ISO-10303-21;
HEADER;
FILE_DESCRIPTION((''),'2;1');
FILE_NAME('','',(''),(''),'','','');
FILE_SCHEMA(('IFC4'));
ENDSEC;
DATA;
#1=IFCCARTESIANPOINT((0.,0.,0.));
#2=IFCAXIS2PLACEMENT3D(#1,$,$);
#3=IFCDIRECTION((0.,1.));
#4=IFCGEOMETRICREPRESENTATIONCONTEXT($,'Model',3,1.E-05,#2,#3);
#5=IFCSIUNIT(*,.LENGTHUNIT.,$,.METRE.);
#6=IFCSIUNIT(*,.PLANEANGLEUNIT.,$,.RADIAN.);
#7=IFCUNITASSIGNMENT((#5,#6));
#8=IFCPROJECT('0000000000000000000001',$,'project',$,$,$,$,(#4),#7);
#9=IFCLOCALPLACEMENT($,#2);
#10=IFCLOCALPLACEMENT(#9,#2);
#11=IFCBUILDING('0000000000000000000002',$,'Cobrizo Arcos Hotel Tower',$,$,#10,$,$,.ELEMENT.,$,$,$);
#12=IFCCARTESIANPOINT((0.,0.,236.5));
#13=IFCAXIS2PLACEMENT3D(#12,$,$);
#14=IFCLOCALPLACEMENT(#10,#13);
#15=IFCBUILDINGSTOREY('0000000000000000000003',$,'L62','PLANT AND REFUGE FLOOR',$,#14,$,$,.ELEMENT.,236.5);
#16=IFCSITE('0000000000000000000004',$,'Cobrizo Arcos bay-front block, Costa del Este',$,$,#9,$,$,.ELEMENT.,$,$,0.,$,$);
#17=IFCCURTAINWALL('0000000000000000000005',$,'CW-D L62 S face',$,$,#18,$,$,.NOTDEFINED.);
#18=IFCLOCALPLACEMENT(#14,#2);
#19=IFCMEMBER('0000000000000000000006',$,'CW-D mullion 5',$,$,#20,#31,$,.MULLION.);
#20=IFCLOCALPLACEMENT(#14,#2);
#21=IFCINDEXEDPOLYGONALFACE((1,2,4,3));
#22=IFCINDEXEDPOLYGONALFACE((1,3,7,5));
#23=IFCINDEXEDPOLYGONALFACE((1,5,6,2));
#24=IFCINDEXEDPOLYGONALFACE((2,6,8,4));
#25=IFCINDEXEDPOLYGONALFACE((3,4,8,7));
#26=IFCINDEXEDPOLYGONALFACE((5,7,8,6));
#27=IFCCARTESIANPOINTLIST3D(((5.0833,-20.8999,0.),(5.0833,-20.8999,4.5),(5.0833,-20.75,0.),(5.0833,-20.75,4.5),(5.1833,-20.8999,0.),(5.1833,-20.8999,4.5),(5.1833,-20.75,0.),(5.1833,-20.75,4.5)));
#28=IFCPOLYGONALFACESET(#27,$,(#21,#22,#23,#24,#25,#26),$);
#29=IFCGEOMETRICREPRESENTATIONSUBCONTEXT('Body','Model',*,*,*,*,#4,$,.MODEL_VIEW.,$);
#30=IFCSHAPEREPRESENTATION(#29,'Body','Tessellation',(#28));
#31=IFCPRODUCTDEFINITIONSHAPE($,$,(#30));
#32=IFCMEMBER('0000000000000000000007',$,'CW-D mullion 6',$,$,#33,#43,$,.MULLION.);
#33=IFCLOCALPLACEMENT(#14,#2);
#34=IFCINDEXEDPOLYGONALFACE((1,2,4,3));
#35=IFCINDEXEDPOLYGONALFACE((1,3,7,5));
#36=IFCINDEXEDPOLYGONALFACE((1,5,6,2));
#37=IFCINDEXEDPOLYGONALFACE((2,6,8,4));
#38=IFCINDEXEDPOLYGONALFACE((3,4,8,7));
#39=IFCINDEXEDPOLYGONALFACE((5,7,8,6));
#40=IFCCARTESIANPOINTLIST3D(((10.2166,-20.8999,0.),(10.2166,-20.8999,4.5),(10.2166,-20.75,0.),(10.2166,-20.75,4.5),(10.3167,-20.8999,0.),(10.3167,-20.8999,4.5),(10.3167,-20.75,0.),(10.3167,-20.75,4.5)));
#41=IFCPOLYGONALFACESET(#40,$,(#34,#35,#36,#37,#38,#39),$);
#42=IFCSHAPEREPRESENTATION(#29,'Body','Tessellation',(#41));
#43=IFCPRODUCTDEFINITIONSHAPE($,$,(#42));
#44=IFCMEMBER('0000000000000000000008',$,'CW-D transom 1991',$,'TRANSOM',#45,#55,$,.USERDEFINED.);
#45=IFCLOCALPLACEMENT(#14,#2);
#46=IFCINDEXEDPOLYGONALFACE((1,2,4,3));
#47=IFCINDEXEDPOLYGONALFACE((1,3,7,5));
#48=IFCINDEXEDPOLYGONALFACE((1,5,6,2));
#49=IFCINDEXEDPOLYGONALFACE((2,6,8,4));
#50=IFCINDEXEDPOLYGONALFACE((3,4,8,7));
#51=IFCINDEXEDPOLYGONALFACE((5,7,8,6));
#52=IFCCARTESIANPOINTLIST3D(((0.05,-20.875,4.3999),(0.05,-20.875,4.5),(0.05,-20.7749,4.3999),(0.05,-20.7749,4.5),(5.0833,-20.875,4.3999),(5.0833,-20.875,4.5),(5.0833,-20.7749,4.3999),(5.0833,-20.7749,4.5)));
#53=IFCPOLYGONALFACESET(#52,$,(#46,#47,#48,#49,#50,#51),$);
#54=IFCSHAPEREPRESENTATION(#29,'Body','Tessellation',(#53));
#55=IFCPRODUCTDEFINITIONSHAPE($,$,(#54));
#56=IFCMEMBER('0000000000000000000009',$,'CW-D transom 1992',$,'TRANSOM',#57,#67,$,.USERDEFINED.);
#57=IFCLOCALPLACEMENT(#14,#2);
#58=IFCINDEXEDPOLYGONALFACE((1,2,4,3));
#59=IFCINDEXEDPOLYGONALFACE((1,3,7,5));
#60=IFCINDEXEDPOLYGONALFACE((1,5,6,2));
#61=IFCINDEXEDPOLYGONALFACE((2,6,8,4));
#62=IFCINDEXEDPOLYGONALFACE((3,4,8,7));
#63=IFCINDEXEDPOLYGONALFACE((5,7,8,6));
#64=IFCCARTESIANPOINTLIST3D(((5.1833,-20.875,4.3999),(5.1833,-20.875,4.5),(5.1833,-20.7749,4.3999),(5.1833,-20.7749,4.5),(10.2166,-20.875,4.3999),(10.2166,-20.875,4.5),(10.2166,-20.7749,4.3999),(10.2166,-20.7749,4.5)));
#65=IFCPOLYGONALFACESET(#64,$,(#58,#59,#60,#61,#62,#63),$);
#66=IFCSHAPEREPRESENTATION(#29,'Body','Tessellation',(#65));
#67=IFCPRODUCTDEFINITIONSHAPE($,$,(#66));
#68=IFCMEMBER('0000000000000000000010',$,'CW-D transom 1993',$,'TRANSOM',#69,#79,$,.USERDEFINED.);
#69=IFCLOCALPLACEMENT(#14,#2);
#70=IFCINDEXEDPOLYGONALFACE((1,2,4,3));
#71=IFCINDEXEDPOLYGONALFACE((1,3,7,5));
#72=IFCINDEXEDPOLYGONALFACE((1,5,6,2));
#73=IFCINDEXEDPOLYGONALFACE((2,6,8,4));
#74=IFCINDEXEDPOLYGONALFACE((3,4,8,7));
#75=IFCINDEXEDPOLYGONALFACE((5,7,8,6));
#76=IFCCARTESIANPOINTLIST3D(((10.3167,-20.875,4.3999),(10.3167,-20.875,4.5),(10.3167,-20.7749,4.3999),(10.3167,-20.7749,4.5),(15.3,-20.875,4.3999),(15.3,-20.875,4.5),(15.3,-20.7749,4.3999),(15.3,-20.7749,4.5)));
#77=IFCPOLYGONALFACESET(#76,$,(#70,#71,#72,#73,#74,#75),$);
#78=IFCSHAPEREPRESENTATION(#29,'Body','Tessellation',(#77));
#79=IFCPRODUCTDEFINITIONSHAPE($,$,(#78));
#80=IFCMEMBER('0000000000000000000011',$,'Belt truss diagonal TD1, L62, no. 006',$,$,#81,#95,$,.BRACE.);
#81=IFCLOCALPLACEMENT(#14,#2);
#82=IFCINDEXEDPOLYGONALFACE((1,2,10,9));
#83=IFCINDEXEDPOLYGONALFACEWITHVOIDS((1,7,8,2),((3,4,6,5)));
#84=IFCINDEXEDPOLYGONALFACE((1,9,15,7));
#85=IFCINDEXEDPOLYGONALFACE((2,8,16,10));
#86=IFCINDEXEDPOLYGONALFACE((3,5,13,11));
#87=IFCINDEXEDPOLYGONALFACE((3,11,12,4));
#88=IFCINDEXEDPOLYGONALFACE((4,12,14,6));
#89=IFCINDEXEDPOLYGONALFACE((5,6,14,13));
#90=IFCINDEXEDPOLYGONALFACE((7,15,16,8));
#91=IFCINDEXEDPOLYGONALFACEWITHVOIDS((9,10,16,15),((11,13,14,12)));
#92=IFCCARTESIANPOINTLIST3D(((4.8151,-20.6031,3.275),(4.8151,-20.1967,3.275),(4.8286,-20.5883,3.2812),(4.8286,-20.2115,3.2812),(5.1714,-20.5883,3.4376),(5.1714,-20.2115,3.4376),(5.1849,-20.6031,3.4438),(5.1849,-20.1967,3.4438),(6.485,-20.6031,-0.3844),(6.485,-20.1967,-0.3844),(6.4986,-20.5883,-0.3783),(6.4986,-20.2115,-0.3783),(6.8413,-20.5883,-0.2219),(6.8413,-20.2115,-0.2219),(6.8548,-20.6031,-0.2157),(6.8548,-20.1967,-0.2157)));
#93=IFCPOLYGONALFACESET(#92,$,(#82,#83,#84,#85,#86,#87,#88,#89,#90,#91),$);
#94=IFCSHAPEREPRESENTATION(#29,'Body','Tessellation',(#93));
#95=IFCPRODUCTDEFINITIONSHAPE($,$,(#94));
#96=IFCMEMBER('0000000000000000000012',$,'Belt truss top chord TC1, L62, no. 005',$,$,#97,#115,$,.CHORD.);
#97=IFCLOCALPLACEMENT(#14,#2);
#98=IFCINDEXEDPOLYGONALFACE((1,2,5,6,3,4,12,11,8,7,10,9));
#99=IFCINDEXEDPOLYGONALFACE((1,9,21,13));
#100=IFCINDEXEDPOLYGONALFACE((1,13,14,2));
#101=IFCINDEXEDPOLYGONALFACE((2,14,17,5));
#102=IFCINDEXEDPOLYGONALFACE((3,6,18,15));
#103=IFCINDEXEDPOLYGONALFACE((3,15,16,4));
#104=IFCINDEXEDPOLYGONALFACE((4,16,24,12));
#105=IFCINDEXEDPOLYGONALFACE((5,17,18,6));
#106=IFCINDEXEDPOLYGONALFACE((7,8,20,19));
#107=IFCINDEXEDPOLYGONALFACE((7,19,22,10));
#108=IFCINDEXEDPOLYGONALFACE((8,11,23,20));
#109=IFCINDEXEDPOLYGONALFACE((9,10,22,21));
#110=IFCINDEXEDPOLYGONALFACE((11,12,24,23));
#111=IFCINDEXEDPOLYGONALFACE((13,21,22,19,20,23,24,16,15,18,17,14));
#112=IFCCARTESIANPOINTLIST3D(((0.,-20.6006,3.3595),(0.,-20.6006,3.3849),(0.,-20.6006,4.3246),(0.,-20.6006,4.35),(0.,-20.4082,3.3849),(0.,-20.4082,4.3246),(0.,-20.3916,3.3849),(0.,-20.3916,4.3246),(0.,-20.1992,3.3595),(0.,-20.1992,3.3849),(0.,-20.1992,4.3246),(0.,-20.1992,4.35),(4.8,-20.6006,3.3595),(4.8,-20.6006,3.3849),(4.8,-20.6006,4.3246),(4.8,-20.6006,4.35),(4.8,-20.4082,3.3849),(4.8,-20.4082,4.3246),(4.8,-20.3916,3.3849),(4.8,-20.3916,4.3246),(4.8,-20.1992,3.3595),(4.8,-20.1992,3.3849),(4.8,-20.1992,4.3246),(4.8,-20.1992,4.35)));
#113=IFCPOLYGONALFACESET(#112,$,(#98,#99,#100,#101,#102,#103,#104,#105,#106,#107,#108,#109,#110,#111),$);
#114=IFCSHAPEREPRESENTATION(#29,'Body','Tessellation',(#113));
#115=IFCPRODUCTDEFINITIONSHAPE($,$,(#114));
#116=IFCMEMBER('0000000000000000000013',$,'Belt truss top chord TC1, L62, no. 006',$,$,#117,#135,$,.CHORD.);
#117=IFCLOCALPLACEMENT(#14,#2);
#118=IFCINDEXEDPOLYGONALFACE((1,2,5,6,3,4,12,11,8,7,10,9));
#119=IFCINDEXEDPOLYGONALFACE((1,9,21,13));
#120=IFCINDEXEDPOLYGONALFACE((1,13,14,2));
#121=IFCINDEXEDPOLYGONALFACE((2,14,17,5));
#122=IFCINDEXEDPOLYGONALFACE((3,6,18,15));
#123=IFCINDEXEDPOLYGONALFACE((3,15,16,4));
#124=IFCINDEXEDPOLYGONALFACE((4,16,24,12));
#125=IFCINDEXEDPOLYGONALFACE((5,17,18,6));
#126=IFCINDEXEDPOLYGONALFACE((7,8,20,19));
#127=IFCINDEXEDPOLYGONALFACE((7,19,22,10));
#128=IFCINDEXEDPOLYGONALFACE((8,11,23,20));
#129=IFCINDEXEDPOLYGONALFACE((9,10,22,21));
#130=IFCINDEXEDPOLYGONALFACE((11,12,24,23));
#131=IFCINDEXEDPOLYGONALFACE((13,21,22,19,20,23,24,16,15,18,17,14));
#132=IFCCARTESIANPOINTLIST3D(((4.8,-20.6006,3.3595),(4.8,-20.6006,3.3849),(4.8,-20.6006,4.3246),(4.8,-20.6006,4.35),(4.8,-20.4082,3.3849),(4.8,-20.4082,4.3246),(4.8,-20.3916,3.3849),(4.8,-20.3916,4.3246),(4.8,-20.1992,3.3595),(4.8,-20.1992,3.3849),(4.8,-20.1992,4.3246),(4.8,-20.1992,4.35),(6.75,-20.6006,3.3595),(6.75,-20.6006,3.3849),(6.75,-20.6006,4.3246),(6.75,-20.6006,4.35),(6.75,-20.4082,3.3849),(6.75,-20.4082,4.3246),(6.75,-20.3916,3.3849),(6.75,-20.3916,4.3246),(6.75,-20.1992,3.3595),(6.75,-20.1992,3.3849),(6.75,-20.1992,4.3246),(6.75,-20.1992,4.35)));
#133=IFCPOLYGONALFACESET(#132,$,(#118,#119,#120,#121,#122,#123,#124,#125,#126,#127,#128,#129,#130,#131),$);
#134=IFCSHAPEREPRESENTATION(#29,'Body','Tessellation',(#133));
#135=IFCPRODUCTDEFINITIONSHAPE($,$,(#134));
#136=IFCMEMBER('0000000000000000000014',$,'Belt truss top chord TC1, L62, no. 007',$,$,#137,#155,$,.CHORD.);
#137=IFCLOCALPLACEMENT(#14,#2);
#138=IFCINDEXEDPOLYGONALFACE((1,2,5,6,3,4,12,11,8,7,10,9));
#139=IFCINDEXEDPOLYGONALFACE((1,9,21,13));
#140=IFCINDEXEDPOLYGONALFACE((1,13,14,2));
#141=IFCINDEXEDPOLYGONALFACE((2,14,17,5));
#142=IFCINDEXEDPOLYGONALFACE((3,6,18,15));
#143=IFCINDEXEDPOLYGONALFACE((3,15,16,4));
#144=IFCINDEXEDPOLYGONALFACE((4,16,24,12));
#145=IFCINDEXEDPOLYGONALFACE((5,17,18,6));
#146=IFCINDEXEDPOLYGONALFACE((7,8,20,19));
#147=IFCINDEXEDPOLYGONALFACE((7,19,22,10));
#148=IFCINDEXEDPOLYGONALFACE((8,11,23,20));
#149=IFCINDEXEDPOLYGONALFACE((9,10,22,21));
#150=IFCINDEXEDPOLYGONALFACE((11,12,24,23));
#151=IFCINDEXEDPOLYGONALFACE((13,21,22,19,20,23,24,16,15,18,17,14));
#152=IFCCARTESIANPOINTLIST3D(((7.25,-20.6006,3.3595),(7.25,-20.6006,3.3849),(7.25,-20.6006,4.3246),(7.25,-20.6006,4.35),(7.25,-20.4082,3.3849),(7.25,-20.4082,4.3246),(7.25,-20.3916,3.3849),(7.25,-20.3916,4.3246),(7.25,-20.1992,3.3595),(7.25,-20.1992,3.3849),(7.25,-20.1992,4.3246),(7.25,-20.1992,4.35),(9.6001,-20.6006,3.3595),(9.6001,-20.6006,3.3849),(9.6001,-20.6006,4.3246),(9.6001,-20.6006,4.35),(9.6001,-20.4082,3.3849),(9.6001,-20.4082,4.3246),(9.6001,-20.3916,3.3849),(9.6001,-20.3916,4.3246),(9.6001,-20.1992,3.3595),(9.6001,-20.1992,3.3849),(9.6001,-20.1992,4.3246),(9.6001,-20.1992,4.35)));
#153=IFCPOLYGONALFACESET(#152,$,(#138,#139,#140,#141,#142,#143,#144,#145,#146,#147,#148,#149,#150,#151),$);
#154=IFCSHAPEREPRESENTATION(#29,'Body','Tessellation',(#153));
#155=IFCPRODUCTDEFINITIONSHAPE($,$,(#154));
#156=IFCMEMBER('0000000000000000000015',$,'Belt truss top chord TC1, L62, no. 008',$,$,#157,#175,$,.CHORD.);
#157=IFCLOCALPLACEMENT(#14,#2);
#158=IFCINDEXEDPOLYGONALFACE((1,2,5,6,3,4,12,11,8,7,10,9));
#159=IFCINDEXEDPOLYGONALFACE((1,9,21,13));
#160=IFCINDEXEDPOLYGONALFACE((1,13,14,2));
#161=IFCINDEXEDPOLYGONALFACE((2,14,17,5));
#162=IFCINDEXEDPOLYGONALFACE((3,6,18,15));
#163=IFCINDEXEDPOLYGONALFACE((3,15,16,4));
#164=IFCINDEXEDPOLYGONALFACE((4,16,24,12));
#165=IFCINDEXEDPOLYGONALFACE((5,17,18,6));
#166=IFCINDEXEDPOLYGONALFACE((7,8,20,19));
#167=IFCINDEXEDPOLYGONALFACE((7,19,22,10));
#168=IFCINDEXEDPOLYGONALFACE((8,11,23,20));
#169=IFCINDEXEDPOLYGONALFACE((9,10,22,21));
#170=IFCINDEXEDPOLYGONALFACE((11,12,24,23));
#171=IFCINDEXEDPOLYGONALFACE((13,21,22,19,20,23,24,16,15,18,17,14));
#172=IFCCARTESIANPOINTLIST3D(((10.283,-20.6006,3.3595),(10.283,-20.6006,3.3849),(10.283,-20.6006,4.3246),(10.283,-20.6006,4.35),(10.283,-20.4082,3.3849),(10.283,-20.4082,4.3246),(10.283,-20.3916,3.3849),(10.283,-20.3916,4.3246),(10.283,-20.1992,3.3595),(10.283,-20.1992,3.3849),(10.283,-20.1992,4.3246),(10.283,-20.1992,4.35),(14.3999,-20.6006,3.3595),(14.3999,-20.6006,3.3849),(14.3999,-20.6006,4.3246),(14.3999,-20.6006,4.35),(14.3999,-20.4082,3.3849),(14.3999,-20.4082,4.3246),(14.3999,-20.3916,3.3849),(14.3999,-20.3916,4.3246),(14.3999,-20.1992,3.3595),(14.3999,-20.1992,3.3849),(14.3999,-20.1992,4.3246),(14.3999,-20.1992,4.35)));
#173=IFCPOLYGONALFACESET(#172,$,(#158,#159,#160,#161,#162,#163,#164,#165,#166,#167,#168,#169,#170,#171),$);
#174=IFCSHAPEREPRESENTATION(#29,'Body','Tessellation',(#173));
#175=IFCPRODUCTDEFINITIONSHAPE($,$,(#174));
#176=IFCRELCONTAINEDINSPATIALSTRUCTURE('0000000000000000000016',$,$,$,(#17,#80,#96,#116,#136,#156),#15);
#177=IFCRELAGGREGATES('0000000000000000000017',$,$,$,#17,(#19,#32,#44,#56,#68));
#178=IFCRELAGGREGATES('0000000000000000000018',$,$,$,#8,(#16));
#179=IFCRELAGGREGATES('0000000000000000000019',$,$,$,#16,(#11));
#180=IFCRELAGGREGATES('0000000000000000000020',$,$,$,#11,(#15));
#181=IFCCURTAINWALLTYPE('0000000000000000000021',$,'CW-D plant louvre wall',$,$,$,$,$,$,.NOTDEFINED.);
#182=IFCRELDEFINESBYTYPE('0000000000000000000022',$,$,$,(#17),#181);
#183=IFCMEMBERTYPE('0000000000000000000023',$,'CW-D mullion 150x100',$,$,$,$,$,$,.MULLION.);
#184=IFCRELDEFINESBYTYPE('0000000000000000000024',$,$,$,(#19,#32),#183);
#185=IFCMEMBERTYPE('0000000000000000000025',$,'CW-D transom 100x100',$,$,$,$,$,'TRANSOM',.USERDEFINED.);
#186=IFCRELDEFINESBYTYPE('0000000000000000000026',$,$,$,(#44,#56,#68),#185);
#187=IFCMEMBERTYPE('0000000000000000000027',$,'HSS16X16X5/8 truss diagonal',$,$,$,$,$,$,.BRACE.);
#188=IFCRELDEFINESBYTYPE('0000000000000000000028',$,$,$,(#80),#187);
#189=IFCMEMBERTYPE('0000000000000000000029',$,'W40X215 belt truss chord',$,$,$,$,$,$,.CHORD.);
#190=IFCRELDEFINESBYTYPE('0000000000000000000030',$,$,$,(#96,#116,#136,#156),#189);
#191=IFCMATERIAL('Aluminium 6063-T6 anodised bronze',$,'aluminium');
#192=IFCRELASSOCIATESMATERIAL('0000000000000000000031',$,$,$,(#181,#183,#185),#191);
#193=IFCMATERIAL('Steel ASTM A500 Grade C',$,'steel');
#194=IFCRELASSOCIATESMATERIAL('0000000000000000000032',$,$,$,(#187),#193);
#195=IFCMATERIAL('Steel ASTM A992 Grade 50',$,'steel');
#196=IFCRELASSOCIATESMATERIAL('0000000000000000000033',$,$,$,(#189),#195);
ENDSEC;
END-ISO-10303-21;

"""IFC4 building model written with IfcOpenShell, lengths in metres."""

from ifc_helpers import new_model, si_unit, direction, frame, origin, origin_2d, place, context, subcontext, project, spatial, rectangle, hollow_rectangle, i_section, extrude, material, material_profile, profile_set, type_object, element, aggregate, save


model = new_model("IFC4")

# Units and contexts
model_context = context("Model", 3, precision=1e-05, world=origin(), true_north=direction((0.0, 1.0)))
body_context = subcontext(model_context, "Body", "Model", "MODEL_VIEW")
ifc_project = project(units=[si_unit("LENGTHUNIT", "METRE"), si_unit("PLANEANGLEUNIT", "RADIAN")], contexts=[model_context])

# Site, building, storey
site_placement = place(None, origin())
site = spatial("IfcSite", under=ifc_project, at=site_placement, Name="Cobrizo Arcos bay-front block, Costa del Este", CompositionType="ELEMENT", RefElevation=0.0)
building_placement = place(site_placement, origin())
building = spatial("IfcBuilding", under=site, at=building_placement, Name="Cobrizo Arcos Hotel Tower", CompositionType="ELEMENT")
storey_placement = place(building_placement, frame((0.0, 0.0, 236.5)))
storey = spatial("IfcBuildingStorey", under=building, at=storey_placement, Name="L62", Description="PLANT AND REFUGE FLOOR", CompositionType="ELEMENT", Elevation=236.5)

# Curtain wall, members
ifc_material_1 = material(Name="Aluminium 6063-T6 anodised bronze", Category="aluminium")
curtain_wall_type = type_object("IfcCurtainWallType", Name="CW-D plant louvre wall", PredefinedType="NOTDEFINED", material=ifc_material_1)
curtain_wall_placement = place(storey_placement, origin())
curtain_wall = element("IfcCurtainWall", 1, at=curtain_wall_placement, inside=storey, type_object=curtain_wall_type, Name="CW-D L62 S face", PredefinedType="NOTDEFINED")
ifc_material_profile_1 = material_profile(ifc_material_1, rectangle(XDim=0.1499, YDim=0.1001, at=origin_2d()), Name="CW-D mullion 150x100")
ifc_profile_set_1 = profile_set([ifc_material_profile_1], Name="Aluminium 6063-T6 anodised bronze")
member_type_1 = type_object("IfcMemberType", Name="CW-D mullion 150x100", PredefinedType="MULLION", material=ifc_profile_set_1)
member_1_placement = place(storey_placement, frame((5.1333, -20.825, 0.0), z_axis=(0.0, 0.0, 1.0), x_axis=(0.0, -1.0, 0.0)))
member_1 = element("IfcMember", 2, at=member_1_placement, type_object=member_type_1, Name="CW-D mullion 5", PredefinedType="MULLION", context=body_context, shape_type="SweptSolid", body=[
    extrude(rectangle(XDim=0.1499, YDim=0.1001, at=origin_2d()), origin(), (0.0, 0.0, 1.0), 4.5),
])
member_2_placement = place(storey_placement, frame((10.2666, -20.825, 0.0), z_axis=(0.0, 0.0, 1.0), x_axis=(0.0, -1.0, 0.0)))
member_2 = element("IfcMember", 3, at=member_2_placement, type_object=member_type_1, Name="CW-D mullion 6", PredefinedType="MULLION", context=body_context, shape_type="SweptSolid", body=[
    extrude(rectangle(XDim=0.1499, YDim=0.1001, at=origin_2d()), origin(), (0.0, 0.0, 1.0), 4.5),
])
ifc_material_profile_2 = material_profile(ifc_material_1, rectangle(XDim=0.1001, YDim=0.1001, at=origin_2d()), Name="CW-D transom 100x100")
ifc_profile_set_2 = profile_set([ifc_material_profile_2], Name="Aluminium 6063-T6 anodised bronze")
member_type_2 = type_object("IfcMemberType", Name="CW-D transom 100x100", ElementType="TRANSOM", PredefinedType="USERDEFINED", material=ifc_profile_set_2)
member_3_placement = place(storey_placement, frame((0.05, -20.825, 4.45), z_axis=(1.0, 0.0, 0.0), x_axis=(0.0, 1.0, 0.0)))
member_3 = element("IfcMember", 4, at=member_3_placement, type_object=member_type_2, Name="CW-D transom 1991", ObjectType="TRANSOM", PredefinedType="USERDEFINED", context=body_context, shape_type="SweptSolid", body=[
    extrude(rectangle(XDim=0.1001, YDim=0.1001, at=origin_2d()), origin(), (0.0, 0.0, 1.0), 5.0332),
])
member_4_placement = place(storey_placement, frame((5.1833, -20.825, 4.45), z_axis=(1.0, 0.0, 0.0), x_axis=(0.0, 1.0, 0.0)))
member_4 = element("IfcMember", 5, at=member_4_placement, type_object=member_type_2, Name="CW-D transom 1992", ObjectType="TRANSOM", PredefinedType="USERDEFINED", context=body_context, shape_type="SweptSolid", body=[
    extrude(rectangle(XDim=0.1001, YDim=0.1001, at=origin_2d()), origin(), (0.0, 0.0, 1.0), 5.0332),
])
member_5_placement = place(storey_placement, frame((10.3167, -20.825, 4.45), z_axis=(1.0, 0.0, 0.0), x_axis=(0.0, 1.0, 0.0)))
member_5 = element("IfcMember", 6, at=member_5_placement, type_object=member_type_2, Name="CW-D transom 1993", ObjectType="TRANSOM", PredefinedType="USERDEFINED", context=body_context, shape_type="SweptSolid", body=[
    extrude(rectangle(XDim=0.1001, YDim=0.1001, at=origin_2d()), origin(), (0.0, 0.0, 1.0), 4.9834),
])

# Members
ifc_material_2 = material(Name="Steel ASTM A500 Grade C", Category="steel")
ifc_material_profile_3 = material_profile(ifc_material_2, hollow_rectangle(XDim=0.4065, YDim=0.4065, WallThickness=0.0149, at=origin_2d()), Name="HSS16X16X5/8")
ifc_profile_set_3 = profile_set([ifc_material_profile_3], Name="Steel ASTM A500 Grade C")
member_type_3 = type_object("IfcMemberType", Name="HSS16X16X5/8 truss diagonal", PredefinedType="BRACE", material=ifc_profile_set_3)
member_6_placement = place(storey_placement, frame((5.0, -20.3999, 3.3594), z_axis=(0.415151, 0.0, -0.909752), x_axis=(0.0, 1.0, 0.0)))
element("IfcMember", 7, at=member_6_placement, inside=storey, type_object=member_type_3, Name="Belt truss diagonal TD1, L62, no. 006", PredefinedType="BRACE", context=body_context, shape_type="SweptSolid", body=[
    extrude(hollow_rectangle(XDim=0.4065, YDim=0.4065, WallThickness=0.0149, at=origin_2d()), origin(), (0.0, 0.0, 1.0), 4.0225),
])
ifc_material_3 = material(Name="Steel ASTM A992 Grade 50", Category="steel")
ifc_material_profile_4 = material_profile(ifc_material_3, i_section(OverallWidth=0.4014, OverallDepth=0.9905, WebThickness=0.0166, FlangeThickness=0.0254, at=origin_2d()), Name="W40X215")
ifc_profile_set_4 = profile_set([ifc_material_profile_4], Name="Steel ASTM A992 Grade 50")
member_type_4 = type_object("IfcMemberType", Name="W40X215 belt truss chord", PredefinedType="CHORD", material=ifc_profile_set_4)
member_7_placement = place(storey_placement, frame((0.0, -20.3999, 3.8547), z_axis=(1.0, 0.0, 0.0), x_axis=(0.0, 1.0, 0.0)))
element("IfcMember", 8, at=member_7_placement, inside=storey, type_object=member_type_4, Name="Belt truss top chord TC1, L62, no. 005", PredefinedType="CHORD", context=body_context, shape_type="SweptSolid", body=[
    extrude(i_section(OverallWidth=0.4014, OverallDepth=0.9905, WebThickness=0.0166, FlangeThickness=0.0254, at=origin_2d()), origin(), (0.0, 0.0, 1.0), 4.8),
])
member_8_placement = place(storey_placement, frame((4.8, -20.3999, 3.8547), z_axis=(1.0, 0.0, 0.0), x_axis=(0.0, 1.0, 0.0)))
element("IfcMember", 9, at=member_8_placement, inside=storey, type_object=member_type_4, Name="Belt truss top chord TC1, L62, no. 006", PredefinedType="CHORD", context=body_context, shape_type="SweptSolid", body=[
    extrude(i_section(OverallWidth=0.4014, OverallDepth=0.9905, WebThickness=0.0166, FlangeThickness=0.0254, at=origin_2d()), origin(), (0.0, 0.0, 1.0), 1.95),
])
member_9_placement = place(storey_placement, frame((7.25, -20.3999, 3.8547), z_axis=(1.0, 0.0, 0.0), x_axis=(0.0, 1.0, 0.0)))
element("IfcMember", 10, at=member_9_placement, inside=storey, type_object=member_type_4, Name="Belt truss top chord TC1, L62, no. 007", PredefinedType="CHORD", context=body_context, shape_type="SweptSolid", body=[
    extrude(i_section(OverallWidth=0.4014, OverallDepth=0.9905, WebThickness=0.0166, FlangeThickness=0.0254, at=origin_2d()), origin(), (0.0, 0.0, 1.0), 2.3501),
])
member_10_placement = place(storey_placement, frame((10.283, -20.3999, 3.8547), z_axis=(1.0, 0.0, 0.0), x_axis=(0.0, 1.0, 0.0)))
element("IfcMember", 11, at=member_10_placement, inside=storey, type_object=member_type_4, Name="Belt truss top chord TC1, L62, no. 008", PredefinedType="CHORD", context=body_context, shape_type="SweptSolid", body=[
    extrude(i_section(OverallWidth=0.4014, OverallDepth=0.9905, WebThickness=0.0166, FlangeThickness=0.0254, at=origin_2d()), origin(), (0.0, 0.0, 1.0), 4.1169),
])

aggregate(curtain_wall, [member_1, member_2, member_3, member_4, member_5])

save(model, "model.ifc")
